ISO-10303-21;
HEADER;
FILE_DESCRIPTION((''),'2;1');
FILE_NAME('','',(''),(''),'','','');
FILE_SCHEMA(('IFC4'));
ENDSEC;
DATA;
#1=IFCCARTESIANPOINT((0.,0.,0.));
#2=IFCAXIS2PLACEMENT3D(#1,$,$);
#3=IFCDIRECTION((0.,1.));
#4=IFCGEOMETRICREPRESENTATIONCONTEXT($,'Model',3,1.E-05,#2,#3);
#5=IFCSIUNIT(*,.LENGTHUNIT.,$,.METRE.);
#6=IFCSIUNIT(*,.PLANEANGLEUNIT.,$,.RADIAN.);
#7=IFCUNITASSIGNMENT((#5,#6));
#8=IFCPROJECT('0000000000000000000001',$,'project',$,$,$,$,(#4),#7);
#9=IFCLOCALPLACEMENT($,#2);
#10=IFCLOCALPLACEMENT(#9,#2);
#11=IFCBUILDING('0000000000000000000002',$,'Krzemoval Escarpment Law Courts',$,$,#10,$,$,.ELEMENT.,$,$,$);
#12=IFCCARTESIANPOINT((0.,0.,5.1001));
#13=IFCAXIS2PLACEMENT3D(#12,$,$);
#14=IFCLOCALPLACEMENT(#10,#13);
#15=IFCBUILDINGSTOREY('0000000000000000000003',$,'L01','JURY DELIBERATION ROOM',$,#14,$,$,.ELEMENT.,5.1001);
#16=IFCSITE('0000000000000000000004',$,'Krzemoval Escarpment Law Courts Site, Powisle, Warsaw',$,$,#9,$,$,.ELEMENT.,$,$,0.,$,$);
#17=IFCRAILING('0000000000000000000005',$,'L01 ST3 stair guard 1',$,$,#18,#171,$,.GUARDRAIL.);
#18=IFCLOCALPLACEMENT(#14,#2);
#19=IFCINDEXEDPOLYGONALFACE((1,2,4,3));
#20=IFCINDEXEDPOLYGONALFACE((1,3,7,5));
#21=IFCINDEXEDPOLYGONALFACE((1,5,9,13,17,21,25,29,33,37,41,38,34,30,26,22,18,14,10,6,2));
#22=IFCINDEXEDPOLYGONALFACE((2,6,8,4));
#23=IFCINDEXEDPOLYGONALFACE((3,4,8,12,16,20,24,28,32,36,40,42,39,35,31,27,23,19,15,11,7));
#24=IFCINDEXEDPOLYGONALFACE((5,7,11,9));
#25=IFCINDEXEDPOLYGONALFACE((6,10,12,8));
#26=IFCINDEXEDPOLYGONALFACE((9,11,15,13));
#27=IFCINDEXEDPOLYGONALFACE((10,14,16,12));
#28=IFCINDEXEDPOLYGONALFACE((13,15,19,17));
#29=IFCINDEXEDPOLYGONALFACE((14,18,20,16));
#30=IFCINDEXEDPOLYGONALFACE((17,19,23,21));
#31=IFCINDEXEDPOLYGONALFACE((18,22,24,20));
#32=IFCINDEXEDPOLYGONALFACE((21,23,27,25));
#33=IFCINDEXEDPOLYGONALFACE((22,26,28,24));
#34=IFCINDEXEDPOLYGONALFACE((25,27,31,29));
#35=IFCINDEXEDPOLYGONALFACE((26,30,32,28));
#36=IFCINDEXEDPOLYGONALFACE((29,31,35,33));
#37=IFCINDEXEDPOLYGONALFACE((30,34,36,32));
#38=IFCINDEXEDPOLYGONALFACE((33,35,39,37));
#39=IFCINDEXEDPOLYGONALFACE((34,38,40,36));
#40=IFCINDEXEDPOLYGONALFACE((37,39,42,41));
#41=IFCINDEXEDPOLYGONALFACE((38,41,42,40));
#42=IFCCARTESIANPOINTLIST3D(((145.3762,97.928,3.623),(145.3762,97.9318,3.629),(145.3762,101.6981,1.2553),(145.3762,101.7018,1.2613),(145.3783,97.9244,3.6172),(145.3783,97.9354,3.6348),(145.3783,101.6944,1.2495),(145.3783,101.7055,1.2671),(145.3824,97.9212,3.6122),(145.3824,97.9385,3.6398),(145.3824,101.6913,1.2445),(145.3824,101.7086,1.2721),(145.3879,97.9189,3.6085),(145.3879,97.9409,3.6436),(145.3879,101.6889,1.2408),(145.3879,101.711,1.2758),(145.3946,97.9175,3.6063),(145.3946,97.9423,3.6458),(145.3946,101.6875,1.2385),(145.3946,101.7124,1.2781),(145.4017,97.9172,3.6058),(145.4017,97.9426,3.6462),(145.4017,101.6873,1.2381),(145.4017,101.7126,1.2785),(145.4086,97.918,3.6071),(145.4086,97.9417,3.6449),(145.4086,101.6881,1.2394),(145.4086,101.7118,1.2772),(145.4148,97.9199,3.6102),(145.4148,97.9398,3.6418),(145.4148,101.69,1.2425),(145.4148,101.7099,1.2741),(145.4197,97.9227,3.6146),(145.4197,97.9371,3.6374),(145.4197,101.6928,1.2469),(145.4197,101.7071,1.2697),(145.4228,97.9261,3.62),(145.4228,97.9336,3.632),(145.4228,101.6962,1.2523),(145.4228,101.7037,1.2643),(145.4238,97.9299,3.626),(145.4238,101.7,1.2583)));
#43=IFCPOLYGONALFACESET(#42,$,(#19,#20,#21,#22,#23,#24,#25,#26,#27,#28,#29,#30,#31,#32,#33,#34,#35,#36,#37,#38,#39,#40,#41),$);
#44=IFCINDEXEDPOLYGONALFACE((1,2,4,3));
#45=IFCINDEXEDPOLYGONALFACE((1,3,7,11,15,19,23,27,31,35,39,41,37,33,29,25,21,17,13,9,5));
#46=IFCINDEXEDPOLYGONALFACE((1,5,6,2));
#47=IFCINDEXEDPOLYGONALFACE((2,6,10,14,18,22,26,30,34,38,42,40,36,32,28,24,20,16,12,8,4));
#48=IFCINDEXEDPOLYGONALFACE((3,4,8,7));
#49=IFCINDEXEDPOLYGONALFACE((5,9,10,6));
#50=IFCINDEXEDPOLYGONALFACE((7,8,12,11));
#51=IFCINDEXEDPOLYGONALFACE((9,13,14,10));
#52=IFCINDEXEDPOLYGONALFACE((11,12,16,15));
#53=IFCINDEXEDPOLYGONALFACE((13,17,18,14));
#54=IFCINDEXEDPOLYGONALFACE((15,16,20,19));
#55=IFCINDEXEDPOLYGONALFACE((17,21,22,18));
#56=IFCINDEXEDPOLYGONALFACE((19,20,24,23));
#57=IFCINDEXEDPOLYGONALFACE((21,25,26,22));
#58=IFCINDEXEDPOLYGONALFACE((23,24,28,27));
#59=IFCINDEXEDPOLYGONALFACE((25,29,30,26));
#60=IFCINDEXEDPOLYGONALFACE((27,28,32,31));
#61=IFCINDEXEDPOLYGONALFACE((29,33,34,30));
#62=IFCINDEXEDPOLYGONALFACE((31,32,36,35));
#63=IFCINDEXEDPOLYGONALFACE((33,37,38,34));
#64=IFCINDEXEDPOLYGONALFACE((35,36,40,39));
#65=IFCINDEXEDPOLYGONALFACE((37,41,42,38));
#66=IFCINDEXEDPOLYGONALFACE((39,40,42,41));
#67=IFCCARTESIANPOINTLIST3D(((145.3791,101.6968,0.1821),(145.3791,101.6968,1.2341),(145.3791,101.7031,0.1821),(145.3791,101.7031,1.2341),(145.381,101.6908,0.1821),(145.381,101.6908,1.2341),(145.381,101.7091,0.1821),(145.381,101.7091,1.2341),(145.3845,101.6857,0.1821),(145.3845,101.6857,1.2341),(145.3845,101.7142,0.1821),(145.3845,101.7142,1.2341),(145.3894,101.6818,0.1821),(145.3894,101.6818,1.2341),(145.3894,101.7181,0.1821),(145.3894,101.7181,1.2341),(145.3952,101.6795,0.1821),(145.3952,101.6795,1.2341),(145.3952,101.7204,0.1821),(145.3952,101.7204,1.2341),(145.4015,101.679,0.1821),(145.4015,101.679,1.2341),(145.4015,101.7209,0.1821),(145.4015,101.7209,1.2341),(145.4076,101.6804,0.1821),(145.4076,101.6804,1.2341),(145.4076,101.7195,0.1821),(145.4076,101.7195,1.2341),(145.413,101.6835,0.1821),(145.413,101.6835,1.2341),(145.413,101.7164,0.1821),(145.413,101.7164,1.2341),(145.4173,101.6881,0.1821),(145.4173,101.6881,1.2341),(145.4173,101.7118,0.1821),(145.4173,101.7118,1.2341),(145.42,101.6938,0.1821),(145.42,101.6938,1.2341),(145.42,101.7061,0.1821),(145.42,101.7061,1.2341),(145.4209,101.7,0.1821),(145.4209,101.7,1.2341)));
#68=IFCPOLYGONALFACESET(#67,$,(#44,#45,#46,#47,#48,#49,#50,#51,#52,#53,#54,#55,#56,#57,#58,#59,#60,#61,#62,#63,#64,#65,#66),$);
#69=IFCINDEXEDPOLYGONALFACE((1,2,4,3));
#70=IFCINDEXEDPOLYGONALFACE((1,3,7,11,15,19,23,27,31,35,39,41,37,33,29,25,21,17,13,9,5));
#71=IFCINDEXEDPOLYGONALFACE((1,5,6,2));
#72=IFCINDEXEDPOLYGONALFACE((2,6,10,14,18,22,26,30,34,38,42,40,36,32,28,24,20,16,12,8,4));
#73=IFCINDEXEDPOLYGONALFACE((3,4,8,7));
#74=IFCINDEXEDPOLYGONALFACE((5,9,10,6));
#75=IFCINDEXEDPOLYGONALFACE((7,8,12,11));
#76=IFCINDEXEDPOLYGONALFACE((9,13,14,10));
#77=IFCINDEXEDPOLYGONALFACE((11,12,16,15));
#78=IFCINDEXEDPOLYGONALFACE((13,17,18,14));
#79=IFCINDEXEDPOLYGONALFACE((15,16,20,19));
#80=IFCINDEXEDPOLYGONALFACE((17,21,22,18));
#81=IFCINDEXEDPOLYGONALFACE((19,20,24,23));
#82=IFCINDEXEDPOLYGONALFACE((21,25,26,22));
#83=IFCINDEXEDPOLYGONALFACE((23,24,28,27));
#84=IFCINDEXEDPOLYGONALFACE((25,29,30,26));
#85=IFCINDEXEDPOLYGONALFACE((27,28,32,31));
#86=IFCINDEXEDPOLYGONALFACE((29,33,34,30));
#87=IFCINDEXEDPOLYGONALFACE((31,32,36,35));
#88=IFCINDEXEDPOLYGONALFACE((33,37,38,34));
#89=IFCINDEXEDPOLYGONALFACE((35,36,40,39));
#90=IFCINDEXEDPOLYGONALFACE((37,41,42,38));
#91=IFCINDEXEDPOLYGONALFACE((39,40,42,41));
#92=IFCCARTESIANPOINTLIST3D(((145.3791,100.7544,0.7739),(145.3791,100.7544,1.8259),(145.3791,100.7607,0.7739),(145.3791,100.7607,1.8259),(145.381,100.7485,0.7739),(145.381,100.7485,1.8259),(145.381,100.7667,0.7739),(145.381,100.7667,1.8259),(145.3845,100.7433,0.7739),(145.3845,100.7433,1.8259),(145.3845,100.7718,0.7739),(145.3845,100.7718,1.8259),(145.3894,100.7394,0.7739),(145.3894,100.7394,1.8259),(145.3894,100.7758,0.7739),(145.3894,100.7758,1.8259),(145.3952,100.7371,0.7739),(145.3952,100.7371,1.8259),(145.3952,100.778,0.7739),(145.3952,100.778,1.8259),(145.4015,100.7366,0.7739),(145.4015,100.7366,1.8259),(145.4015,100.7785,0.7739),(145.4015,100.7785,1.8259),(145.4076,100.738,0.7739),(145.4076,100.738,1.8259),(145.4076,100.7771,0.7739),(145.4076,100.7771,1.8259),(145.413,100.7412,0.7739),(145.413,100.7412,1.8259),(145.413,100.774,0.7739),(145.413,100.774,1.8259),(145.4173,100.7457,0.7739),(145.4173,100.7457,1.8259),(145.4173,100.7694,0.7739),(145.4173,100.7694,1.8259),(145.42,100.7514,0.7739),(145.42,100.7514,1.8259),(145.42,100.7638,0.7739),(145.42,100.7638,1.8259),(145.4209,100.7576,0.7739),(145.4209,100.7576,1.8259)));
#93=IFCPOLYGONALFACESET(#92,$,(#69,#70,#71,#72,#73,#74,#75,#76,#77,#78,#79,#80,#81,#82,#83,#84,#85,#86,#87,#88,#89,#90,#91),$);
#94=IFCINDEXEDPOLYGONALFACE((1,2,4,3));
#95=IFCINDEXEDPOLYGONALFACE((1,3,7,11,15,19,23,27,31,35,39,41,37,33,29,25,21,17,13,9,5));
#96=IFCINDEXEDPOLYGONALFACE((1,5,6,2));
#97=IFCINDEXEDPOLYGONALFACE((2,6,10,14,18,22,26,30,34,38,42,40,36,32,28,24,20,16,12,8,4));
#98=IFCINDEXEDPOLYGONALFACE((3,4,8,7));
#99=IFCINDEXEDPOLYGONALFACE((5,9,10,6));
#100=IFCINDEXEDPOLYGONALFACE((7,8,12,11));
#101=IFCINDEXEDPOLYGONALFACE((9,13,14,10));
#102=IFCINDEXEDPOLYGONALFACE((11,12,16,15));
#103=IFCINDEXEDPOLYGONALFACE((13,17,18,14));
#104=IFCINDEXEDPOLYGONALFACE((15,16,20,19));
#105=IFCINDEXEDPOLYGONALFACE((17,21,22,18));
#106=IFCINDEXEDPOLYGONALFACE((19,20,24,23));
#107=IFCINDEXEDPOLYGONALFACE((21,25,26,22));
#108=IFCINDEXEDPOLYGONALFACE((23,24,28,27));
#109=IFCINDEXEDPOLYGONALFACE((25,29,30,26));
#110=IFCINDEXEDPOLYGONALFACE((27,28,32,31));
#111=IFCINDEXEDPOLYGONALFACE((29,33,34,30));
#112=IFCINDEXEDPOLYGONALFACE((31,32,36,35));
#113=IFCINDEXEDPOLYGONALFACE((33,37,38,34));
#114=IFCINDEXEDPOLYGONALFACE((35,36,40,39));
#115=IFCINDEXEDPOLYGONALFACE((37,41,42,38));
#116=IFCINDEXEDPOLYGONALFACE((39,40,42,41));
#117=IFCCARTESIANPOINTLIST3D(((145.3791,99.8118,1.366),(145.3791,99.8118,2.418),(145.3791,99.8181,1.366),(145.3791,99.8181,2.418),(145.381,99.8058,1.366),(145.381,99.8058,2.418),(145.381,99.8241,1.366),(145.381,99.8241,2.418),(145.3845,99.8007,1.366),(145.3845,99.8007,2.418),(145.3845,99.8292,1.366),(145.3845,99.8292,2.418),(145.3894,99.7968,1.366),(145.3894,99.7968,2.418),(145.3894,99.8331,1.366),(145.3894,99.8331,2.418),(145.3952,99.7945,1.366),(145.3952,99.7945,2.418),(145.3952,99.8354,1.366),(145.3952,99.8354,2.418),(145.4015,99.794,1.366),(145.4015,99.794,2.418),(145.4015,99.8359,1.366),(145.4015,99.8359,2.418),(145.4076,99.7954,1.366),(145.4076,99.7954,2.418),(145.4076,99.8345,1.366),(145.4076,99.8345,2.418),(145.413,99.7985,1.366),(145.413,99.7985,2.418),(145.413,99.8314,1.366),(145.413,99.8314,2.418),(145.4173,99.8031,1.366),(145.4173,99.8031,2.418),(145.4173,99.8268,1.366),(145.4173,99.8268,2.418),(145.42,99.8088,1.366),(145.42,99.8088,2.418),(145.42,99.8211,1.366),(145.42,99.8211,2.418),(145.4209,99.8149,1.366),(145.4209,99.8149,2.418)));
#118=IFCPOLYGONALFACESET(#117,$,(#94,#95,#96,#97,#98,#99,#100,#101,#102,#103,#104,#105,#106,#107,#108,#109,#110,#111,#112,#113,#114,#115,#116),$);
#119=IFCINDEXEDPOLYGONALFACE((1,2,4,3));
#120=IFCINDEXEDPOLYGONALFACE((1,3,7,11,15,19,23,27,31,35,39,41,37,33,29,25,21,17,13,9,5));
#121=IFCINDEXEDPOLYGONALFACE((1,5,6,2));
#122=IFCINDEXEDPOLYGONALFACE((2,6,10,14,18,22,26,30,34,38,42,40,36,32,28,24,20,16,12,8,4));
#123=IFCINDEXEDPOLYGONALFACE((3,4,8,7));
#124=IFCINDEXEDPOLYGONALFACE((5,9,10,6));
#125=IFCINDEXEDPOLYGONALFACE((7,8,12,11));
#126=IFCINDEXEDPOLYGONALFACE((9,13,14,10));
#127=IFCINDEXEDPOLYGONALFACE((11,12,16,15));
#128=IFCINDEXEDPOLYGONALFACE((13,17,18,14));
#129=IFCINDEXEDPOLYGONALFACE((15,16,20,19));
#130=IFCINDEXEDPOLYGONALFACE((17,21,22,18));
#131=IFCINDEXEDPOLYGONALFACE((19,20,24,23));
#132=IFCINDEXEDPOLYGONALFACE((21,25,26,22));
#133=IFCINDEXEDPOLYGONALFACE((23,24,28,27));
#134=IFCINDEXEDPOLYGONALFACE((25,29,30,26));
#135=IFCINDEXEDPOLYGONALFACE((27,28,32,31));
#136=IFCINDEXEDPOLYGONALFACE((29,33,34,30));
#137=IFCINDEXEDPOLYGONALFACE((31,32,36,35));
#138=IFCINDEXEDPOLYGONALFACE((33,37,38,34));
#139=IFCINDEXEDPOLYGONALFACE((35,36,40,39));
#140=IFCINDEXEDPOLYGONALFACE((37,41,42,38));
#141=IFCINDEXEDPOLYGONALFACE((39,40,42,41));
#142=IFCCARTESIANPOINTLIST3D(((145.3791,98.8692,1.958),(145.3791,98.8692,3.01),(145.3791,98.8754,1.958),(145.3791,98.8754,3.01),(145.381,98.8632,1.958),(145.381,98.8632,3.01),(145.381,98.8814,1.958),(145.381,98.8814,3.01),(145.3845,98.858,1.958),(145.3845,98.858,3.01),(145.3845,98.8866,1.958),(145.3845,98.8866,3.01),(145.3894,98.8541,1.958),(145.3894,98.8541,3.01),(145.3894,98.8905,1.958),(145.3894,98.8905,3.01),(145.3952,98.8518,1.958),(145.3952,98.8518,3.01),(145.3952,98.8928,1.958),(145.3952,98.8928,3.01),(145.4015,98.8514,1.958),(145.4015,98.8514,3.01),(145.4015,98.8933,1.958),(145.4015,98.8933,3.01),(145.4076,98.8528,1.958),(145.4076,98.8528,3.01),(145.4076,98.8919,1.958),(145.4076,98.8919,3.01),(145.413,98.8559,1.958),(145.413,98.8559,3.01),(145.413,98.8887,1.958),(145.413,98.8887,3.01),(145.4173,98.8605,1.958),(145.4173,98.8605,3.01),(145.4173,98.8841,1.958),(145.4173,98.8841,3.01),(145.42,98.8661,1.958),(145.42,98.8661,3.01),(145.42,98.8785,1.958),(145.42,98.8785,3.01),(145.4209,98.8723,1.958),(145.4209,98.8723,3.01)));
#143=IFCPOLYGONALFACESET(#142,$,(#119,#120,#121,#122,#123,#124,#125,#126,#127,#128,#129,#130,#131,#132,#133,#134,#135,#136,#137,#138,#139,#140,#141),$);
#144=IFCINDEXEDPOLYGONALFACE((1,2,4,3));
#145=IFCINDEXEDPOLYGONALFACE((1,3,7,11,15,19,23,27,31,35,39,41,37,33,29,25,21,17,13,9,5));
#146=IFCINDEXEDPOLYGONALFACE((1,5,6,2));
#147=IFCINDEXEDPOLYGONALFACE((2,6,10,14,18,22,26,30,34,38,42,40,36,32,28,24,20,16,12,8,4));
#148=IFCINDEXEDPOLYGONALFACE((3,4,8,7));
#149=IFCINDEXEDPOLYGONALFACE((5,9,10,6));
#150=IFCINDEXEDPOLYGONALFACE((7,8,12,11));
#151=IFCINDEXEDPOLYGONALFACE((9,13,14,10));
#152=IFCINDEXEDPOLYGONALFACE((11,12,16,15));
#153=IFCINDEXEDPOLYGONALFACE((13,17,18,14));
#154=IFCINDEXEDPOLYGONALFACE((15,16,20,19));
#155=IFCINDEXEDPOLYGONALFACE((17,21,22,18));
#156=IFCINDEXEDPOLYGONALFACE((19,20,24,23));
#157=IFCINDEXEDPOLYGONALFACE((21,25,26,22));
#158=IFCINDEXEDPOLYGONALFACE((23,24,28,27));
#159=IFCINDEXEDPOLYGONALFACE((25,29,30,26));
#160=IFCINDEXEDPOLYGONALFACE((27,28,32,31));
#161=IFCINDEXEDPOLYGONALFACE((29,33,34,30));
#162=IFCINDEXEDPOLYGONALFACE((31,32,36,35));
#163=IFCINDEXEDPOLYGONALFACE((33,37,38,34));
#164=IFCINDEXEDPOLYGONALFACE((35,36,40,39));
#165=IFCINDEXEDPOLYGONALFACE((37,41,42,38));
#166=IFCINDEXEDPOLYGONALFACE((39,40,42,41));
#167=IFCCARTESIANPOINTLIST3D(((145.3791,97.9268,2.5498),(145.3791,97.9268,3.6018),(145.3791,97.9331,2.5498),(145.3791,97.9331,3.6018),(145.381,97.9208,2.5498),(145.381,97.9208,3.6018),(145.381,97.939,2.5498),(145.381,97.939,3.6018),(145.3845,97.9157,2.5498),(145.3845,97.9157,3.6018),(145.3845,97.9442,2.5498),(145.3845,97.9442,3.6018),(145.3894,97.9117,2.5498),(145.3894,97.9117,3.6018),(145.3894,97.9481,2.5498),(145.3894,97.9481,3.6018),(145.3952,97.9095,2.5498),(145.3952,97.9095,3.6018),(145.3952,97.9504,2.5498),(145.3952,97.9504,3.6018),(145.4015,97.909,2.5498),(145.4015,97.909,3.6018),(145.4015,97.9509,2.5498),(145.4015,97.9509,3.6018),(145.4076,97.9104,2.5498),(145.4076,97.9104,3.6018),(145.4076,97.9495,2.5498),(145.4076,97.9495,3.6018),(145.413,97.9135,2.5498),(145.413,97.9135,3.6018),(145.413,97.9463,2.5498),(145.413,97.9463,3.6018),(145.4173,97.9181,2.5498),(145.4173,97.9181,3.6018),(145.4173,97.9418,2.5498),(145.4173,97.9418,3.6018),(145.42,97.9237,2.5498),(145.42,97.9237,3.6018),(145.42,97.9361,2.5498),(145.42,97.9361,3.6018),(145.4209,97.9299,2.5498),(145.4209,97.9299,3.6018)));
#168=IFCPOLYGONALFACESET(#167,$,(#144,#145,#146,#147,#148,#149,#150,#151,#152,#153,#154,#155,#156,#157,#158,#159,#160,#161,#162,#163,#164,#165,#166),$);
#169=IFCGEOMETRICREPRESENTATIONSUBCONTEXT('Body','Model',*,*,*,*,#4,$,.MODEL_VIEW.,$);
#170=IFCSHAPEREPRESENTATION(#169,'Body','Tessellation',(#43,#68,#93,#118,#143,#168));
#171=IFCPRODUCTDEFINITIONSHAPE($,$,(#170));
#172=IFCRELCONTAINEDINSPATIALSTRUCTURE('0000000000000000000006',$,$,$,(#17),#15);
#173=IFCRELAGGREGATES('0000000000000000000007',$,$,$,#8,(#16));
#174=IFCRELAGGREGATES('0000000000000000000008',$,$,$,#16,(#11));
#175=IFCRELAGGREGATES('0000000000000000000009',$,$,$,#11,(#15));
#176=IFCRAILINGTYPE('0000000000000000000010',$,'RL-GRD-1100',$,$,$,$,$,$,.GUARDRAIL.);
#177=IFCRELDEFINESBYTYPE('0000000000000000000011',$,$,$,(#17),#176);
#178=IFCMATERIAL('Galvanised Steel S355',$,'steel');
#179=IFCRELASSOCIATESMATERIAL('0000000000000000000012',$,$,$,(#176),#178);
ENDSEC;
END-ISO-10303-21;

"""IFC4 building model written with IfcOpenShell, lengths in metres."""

from ifc_helpers import new_model, si_unit, direction, frame, origin, origin_2d, place, context, subcontext, project, spatial, circle, extrude, material, type_object, element, save


model = new_model("IFC4")

# Units and contexts
model_context = context("Model", 3, precision=1e-05, world=origin(), true_north=direction((0.0, 1.0)))
body_context = subcontext(model_context, "Body", "Model", "MODEL_VIEW")
ifc_project = project(units=[si_unit("LENGTHUNIT", "METRE"), si_unit("PLANEANGLEUNIT", "RADIAN")], contexts=[model_context])

# Site, building, storey
site_placement = place(None, origin())
site = spatial("IfcSite", under=ifc_project, at=site_placement, Name="Krzemoval Escarpment Law Courts Site, Powisle, Warsaw", CompositionType="ELEMENT", RefElevation=0.0)
building_placement = place(site_placement, origin())
building = spatial("IfcBuilding", under=site, at=building_placement, Name="Krzemoval Escarpment Law Courts", CompositionType="ELEMENT")
storey_placement = place(building_placement, frame((0.0, 0.0, 5.1001)))
storey = spatial("IfcBuildingStorey", under=building, at=storey_placement, Name="L01", Description="JURY DELIBERATION ROOM", CompositionType="ELEMENT", Elevation=5.1001)

# Railing
ifc_material_1 = material(Name="Galvanised Steel S355", Category="steel")
railing_type_1 = type_object("IfcRailingType", Name="RL-GRD-1100", PredefinedType="GUARDRAIL", material=ifc_material_1)
railing_1_placement = place(storey_placement, frame((145.3999, 101.7, 0.1821)))
element("IfcRailing", 1, at=railing_1_placement, inside=storey, type_object=railing_type_1, Name="L01 ST3 stair guard 1", PredefinedType="GUARDRAIL", context=body_context, shape_type="SweptSolid", body=[
    extrude(circle(Radius=0.0239, at=origin_2d()), frame((0.0, 0.0, 1.0762), z_axis=(0.0, -0.846844, 0.531841), x_axis=(1.0, 0.0, 0.0)), (0.0, 0.0, 1.0), 4.4519),
    extrude(circle(Radius=0.021, at=origin_2d()), origin(), (0.0, 0.0, 1.0), 1.052),
    extrude(circle(Radius=0.021, at=origin_2d()), frame((0.0, -0.9424, 0.5918)), (0.0, 0.0, 1.0), 1.052),
    extrude(circle(Radius=0.021, at=origin_2d()), frame((0.0, -1.885, 1.1838)), (0.0, 0.0, 1.0), 1.052),
    extrude(circle(Radius=0.021, at=origin_2d()), frame((0.0, -2.8276, 1.7759)), (0.0, 0.0, 1.0), 1.052),
    extrude(circle(Radius=0.021, at=origin_2d()), frame((0.0, -3.77, 2.3677)), (0.0, 0.0, 1.0), 1.052),
])

save(model, "model.ifc")
